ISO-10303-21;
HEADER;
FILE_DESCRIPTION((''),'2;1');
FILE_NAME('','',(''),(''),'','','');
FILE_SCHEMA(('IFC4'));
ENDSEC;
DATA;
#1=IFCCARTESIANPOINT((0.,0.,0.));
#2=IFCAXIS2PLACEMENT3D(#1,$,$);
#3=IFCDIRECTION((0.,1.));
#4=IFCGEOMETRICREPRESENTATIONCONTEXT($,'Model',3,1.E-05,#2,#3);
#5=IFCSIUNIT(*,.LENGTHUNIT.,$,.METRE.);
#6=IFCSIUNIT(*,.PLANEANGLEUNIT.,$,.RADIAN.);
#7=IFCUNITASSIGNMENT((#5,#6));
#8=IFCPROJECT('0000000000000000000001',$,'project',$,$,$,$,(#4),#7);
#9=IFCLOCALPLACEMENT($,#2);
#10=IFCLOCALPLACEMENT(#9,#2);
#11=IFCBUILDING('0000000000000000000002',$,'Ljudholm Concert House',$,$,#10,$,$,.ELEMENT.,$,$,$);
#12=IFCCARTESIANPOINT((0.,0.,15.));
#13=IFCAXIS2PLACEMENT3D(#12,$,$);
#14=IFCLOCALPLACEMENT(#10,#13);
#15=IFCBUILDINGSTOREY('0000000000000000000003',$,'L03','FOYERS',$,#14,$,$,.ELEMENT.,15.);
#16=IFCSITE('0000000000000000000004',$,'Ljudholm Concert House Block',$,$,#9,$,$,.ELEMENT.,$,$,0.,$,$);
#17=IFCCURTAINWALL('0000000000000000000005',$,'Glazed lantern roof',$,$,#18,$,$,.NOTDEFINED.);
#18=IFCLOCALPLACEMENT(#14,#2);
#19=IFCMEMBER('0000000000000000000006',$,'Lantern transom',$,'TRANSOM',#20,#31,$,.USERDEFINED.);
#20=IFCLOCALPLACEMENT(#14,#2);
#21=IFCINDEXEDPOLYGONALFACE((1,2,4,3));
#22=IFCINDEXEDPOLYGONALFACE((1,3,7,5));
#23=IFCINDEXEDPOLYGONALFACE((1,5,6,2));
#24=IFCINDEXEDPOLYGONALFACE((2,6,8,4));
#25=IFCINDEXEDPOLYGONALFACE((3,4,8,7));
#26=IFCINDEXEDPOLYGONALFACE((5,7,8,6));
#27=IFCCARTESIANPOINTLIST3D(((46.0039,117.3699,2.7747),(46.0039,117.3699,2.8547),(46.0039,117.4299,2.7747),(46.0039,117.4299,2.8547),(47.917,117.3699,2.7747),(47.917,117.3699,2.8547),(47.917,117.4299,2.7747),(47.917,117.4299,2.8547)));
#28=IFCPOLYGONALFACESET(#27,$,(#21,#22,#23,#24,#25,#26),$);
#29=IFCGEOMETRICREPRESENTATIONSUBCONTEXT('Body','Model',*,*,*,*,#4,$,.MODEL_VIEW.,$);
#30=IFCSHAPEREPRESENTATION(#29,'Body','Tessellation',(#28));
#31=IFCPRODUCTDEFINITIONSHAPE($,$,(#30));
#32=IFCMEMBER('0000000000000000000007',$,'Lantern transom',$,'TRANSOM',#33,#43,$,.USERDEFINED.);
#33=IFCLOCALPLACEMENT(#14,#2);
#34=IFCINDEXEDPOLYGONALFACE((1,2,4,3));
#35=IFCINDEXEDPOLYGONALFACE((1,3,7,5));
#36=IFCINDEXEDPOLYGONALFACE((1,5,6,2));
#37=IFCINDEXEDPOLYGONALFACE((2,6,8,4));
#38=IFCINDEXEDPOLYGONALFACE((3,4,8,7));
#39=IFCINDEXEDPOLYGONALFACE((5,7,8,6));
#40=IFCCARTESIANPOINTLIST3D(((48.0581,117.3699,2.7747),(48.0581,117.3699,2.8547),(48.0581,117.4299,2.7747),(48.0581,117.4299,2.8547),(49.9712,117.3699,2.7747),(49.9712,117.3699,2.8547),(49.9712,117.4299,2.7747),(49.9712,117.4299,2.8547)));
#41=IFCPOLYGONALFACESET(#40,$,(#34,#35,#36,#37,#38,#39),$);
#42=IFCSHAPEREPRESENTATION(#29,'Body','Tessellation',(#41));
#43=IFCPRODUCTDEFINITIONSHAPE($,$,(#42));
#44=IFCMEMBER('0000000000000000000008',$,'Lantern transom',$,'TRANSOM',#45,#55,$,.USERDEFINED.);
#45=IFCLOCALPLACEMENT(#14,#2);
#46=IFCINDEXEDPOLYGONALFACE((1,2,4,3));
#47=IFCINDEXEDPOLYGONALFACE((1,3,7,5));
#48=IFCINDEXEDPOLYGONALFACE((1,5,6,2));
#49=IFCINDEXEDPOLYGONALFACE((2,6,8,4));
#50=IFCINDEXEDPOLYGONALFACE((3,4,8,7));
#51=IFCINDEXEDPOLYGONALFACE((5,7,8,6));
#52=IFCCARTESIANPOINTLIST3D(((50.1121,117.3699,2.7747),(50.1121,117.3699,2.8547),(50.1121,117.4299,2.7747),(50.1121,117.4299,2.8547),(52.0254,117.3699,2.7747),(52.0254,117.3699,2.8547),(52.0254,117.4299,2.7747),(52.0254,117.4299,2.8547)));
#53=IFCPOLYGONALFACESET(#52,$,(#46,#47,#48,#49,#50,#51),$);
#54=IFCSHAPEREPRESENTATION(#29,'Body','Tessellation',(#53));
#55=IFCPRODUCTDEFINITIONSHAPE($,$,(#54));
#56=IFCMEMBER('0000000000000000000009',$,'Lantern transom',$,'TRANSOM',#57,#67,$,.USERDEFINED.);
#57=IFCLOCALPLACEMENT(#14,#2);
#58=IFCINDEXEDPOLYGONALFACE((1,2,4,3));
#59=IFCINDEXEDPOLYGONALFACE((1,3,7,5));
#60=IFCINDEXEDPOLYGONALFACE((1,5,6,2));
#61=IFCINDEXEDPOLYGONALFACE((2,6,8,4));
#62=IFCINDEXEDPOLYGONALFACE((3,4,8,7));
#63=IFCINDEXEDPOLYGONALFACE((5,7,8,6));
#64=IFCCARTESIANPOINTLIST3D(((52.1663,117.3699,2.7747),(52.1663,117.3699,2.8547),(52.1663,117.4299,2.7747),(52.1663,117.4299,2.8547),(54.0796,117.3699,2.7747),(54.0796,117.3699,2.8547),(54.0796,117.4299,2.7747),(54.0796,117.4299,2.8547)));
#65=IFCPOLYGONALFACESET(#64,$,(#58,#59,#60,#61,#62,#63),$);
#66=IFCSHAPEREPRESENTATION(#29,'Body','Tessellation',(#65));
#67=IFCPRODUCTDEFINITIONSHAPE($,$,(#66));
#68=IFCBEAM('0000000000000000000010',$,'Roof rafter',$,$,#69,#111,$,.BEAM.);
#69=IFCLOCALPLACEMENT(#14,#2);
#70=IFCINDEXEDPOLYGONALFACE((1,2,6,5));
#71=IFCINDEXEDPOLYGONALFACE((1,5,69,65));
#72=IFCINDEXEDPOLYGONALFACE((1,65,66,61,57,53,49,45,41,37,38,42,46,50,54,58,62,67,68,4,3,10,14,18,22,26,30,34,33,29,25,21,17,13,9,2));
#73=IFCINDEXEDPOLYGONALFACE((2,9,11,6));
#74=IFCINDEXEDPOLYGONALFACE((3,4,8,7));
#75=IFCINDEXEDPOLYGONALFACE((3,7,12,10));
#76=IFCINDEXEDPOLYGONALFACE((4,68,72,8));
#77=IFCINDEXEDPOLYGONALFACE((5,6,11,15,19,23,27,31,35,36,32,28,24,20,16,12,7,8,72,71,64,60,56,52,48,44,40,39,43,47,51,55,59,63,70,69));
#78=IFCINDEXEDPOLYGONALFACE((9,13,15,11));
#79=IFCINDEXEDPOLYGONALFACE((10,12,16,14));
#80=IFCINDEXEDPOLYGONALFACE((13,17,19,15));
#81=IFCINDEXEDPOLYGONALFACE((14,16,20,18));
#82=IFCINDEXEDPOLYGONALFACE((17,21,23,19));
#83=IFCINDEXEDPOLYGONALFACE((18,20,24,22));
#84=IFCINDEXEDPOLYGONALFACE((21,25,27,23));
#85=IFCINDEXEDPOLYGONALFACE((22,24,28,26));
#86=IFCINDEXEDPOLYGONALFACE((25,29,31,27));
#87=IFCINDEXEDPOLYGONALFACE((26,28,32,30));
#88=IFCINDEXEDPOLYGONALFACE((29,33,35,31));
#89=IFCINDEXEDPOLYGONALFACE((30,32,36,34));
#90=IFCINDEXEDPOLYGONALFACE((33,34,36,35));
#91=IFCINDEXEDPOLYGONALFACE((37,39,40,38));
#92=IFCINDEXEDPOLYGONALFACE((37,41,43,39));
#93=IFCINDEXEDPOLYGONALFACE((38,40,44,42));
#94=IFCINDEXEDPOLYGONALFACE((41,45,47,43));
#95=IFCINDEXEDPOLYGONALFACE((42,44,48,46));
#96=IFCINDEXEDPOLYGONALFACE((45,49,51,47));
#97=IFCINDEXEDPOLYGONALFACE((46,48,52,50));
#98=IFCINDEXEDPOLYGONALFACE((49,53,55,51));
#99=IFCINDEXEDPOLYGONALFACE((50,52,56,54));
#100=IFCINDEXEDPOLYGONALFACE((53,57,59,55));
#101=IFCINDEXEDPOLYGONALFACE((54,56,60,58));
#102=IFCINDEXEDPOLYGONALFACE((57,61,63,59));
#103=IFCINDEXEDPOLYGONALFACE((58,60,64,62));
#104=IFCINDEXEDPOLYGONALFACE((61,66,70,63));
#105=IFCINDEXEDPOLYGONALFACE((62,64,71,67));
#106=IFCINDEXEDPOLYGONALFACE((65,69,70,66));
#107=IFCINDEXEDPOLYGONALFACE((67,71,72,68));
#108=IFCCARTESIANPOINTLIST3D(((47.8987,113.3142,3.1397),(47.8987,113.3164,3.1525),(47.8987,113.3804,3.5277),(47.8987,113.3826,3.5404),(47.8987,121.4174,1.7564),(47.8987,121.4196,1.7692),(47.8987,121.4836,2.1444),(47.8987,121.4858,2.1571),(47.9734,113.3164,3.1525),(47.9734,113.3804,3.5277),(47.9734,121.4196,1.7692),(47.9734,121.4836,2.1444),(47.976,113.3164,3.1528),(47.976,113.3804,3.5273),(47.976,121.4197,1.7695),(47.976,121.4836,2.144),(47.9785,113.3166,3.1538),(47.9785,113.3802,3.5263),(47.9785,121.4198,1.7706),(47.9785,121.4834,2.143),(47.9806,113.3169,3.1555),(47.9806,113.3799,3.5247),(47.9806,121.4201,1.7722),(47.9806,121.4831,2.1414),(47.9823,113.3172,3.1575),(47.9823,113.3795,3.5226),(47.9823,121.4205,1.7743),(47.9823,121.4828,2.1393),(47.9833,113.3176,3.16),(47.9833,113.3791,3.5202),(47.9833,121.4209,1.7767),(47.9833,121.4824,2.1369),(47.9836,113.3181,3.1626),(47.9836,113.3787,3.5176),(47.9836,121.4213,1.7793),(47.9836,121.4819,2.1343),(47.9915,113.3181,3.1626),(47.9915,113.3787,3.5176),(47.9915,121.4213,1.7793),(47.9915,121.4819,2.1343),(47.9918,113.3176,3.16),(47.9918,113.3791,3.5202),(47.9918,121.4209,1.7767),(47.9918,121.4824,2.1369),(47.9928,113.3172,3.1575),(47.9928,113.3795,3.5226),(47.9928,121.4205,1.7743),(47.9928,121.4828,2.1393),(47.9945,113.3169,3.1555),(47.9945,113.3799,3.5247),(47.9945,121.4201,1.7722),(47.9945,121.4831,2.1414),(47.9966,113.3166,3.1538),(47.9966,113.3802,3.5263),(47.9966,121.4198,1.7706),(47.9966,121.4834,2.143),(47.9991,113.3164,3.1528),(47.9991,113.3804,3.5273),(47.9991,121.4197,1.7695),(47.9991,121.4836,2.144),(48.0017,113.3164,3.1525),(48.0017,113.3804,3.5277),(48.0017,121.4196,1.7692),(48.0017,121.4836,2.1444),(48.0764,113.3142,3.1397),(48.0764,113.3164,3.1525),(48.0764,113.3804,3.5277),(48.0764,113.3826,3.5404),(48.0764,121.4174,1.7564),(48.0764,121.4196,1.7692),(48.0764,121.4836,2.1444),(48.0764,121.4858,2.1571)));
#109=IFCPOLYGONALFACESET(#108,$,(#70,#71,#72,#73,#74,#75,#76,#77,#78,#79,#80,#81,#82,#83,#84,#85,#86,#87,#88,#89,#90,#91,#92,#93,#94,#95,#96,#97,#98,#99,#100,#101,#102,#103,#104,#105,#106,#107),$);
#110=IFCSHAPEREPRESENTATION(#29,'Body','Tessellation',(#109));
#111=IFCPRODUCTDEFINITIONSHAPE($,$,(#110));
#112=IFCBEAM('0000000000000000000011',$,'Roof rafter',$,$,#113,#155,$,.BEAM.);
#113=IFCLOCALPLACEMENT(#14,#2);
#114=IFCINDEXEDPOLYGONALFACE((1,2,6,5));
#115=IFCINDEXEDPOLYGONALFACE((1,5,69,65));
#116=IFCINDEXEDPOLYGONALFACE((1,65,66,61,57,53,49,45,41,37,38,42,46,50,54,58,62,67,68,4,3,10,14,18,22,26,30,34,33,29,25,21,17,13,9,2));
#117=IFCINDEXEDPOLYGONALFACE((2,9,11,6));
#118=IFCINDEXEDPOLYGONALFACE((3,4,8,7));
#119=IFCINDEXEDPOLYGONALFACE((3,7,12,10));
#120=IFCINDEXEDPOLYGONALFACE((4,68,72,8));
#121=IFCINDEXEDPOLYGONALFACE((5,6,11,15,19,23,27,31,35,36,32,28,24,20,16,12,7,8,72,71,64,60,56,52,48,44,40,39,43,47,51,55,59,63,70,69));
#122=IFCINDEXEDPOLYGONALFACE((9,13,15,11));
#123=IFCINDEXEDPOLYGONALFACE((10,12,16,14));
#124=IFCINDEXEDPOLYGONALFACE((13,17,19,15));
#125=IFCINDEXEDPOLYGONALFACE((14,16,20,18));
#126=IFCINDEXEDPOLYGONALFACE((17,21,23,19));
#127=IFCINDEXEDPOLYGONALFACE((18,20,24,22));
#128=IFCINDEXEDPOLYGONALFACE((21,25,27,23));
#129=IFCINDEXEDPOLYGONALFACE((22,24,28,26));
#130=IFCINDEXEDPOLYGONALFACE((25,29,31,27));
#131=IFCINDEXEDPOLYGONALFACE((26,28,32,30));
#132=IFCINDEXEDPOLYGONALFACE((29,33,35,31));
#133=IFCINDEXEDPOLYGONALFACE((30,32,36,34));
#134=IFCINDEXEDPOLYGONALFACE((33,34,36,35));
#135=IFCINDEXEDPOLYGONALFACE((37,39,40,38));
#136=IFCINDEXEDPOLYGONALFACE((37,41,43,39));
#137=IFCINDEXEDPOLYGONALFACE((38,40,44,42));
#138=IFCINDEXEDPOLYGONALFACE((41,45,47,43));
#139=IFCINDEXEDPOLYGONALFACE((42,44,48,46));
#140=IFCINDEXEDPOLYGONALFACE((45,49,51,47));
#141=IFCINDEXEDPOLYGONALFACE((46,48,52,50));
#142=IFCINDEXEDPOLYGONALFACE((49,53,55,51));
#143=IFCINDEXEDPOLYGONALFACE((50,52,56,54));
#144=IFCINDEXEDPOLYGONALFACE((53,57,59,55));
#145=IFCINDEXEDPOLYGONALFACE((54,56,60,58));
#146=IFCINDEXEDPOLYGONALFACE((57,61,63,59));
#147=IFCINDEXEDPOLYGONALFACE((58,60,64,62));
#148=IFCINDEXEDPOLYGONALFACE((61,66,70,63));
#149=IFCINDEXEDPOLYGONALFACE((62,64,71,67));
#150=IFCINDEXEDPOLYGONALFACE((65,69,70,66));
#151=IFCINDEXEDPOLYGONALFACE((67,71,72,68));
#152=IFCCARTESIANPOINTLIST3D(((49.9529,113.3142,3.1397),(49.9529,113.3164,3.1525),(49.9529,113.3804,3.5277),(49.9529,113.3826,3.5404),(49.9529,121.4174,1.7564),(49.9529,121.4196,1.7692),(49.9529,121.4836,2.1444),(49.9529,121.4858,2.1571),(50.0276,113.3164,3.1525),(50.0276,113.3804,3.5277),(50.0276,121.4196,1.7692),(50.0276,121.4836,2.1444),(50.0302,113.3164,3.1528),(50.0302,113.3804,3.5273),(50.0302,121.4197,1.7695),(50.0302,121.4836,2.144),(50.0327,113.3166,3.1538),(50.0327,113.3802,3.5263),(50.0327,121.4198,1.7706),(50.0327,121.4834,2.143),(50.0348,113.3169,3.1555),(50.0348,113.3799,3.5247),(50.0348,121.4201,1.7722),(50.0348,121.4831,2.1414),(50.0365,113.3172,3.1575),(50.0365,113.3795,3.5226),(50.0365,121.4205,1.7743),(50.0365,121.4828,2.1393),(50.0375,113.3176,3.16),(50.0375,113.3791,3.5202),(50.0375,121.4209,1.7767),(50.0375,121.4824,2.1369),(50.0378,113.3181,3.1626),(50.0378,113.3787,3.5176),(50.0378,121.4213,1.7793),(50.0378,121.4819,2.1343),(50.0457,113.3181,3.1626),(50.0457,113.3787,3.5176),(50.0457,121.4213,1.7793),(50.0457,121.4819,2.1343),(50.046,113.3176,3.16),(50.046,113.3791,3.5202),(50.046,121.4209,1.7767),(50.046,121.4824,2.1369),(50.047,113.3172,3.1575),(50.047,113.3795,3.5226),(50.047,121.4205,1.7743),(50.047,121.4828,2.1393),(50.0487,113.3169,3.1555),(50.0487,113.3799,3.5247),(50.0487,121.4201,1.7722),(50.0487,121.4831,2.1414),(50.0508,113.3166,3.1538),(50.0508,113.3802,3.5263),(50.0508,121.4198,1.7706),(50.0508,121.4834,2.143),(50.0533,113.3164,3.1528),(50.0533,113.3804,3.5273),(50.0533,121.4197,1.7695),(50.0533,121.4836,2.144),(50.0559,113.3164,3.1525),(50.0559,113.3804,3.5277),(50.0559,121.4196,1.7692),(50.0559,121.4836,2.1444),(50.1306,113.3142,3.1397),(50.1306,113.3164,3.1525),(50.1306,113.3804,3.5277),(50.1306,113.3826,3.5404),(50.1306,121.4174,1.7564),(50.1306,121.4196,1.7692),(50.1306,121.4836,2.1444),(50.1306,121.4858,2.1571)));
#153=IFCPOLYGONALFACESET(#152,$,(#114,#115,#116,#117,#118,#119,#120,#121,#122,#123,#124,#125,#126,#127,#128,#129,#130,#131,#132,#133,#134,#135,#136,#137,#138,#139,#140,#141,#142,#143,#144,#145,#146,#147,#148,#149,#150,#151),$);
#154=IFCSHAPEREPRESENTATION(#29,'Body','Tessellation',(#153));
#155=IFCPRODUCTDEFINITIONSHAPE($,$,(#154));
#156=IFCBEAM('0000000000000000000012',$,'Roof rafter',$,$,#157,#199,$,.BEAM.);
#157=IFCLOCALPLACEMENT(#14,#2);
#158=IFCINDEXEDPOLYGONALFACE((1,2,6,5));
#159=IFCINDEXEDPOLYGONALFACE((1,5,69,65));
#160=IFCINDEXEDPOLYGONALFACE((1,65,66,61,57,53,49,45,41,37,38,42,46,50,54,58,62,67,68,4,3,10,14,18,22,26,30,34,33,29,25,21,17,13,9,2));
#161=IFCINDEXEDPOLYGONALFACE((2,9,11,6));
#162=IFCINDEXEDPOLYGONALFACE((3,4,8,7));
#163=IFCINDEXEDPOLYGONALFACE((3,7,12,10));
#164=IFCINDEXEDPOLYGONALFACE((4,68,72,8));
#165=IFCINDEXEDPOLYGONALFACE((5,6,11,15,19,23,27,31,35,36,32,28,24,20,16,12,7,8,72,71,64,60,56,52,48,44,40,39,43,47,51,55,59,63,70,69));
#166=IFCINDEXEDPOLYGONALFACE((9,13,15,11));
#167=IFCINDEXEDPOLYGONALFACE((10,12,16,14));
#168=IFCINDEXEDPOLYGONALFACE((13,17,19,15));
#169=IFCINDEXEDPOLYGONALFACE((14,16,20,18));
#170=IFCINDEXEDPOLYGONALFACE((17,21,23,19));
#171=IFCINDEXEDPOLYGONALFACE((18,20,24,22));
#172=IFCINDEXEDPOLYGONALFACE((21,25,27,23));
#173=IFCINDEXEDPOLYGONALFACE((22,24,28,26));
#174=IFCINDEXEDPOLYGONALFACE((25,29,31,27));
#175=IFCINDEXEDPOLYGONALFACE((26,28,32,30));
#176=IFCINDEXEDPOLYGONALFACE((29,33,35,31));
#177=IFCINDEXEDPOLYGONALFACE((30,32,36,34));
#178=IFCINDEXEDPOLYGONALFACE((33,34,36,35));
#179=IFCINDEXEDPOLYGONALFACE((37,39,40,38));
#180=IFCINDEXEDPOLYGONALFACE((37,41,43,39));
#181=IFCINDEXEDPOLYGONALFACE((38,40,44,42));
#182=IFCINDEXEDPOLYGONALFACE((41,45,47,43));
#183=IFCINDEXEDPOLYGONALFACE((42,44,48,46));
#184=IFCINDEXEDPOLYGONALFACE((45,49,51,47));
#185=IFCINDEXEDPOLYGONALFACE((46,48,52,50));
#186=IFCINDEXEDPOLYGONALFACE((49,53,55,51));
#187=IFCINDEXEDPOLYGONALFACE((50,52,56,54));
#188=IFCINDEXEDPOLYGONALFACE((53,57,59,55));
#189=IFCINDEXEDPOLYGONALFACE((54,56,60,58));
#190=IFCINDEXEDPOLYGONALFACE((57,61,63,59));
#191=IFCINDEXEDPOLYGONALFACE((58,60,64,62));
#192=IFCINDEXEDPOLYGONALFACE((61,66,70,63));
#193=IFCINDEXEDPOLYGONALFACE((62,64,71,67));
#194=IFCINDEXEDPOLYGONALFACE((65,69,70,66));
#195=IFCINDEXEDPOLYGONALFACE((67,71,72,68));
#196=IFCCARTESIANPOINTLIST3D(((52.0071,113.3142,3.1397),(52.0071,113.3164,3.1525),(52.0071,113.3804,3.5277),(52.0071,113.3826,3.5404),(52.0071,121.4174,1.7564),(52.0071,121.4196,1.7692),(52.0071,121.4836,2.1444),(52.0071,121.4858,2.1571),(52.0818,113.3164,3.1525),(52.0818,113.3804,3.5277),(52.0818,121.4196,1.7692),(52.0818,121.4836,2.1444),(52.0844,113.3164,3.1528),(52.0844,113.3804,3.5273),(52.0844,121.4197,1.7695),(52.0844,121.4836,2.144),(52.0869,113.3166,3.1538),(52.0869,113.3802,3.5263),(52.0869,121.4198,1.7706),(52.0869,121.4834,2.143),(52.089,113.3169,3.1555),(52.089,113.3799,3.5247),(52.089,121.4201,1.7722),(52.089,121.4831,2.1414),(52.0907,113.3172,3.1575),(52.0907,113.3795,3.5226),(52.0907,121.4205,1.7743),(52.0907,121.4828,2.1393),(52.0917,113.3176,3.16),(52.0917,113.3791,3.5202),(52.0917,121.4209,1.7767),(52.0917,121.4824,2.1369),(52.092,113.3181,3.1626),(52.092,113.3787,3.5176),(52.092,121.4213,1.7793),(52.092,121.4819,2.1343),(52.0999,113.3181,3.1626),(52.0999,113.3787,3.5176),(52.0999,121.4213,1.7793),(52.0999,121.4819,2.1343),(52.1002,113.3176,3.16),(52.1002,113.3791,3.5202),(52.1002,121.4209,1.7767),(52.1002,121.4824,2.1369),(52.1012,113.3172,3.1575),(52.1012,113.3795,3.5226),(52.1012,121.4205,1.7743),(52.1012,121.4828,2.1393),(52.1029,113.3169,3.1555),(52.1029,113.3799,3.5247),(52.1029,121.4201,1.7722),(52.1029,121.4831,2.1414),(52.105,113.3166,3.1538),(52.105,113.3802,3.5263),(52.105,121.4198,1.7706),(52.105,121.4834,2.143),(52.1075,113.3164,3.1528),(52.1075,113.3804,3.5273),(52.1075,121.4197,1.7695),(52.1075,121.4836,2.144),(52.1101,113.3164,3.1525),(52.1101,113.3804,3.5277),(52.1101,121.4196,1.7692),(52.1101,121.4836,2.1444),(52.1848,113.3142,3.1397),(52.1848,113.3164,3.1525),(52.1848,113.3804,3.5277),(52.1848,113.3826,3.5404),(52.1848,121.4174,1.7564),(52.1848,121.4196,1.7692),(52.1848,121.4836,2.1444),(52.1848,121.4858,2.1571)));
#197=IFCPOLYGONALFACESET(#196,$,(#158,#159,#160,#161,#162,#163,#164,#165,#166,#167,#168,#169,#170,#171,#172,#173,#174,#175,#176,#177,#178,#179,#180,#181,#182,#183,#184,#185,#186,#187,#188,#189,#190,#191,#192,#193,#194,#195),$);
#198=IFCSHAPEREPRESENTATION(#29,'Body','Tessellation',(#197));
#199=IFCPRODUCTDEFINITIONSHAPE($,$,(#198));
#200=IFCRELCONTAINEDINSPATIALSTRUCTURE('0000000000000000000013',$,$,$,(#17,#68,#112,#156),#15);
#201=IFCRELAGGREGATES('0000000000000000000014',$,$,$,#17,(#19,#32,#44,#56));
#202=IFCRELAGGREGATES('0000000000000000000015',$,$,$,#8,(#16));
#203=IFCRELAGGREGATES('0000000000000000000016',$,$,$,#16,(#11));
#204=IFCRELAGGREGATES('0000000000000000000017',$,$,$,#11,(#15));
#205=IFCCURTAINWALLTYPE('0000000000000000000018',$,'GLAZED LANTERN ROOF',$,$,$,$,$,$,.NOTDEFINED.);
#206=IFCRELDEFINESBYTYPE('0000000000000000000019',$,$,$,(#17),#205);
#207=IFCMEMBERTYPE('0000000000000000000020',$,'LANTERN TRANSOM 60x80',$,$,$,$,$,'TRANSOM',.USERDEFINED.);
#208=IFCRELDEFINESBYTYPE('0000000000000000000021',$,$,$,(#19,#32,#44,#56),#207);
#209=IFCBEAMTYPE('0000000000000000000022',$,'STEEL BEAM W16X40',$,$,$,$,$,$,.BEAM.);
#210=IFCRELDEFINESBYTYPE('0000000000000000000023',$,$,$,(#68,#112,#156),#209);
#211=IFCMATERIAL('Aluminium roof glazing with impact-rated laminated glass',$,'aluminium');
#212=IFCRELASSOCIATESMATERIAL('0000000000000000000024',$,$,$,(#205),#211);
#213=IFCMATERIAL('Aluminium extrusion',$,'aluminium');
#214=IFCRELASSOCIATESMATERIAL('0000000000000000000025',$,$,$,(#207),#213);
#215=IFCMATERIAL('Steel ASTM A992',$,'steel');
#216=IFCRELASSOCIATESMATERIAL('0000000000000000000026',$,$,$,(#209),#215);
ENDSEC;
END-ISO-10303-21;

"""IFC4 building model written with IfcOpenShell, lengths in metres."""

from ifc_helpers import new_model, si_unit, direction, frame, origin, origin_2d, place, context, subcontext, project, spatial, rectangle, i_section, extrude, material, material_profile, profile_set, type_object, element, aggregate, save


model = new_model("IFC4")

# Units and contexts
model_context = context("Model", 3, precision=1e-05, world=origin(), true_north=direction((0.0, 1.0)))
body_context = subcontext(model_context, "Body", "Model", "MODEL_VIEW")
ifc_project = project(units=[si_unit("LENGTHUNIT", "METRE"), si_unit("PLANEANGLEUNIT", "RADIAN")], contexts=[model_context])

# Site, building, storey
site_placement = place(None, origin())
site = spatial("IfcSite", under=ifc_project, at=site_placement, Name="Ljudholm Concert House Block", CompositionType="ELEMENT", RefElevation=0.0)
building_placement = place(site_placement, origin())
building = spatial("IfcBuilding", under=site, at=building_placement, Name="Ljudholm Concert House", CompositionType="ELEMENT")
storey_placement = place(building_placement, frame((0.0, 0.0, 15.0)))
storey = spatial("IfcBuildingStorey", under=building, at=storey_placement, Name="L03", Description="FOYERS", CompositionType="ELEMENT", Elevation=15.0)

# Curtain wall
ifc_material_1 = material(Name="Aluminium roof glazing with impact-rated laminated glass", Category="aluminium")
curtain_wall_type = type_object("IfcCurtainWallType", Name="GLAZED LANTERN ROOF", PredefinedType="NOTDEFINED", material=ifc_material_1)
curtain_wall_1_placement = place(storey_placement, origin())
curtain_wall_1 = element("IfcCurtainWall", 1, at=curtain_wall_1_placement, inside=storey, type_object=curtain_wall_type, Name="Glazed lantern roof", PredefinedType="NOTDEFINED")
ifc_material_2 = material(Name="Aluminium extrusion", Category="aluminium")
ifc_material_profile_1 = material_profile(ifc_material_2, rectangle(XDim=0.0601, YDim=0.0801, at=origin_2d()), Name="LANTERN TRANSOM 60x80")
ifc_profile_set_1 = profile_set([ifc_material_profile_1], Name="Aluminium extrusion")
member_type_1 = type_object("IfcMemberType", Name="LANTERN TRANSOM 60x80", ElementType="TRANSOM", PredefinedType="USERDEFINED", material=ifc_profile_set_1)

# Members
member_1_placement = place(storey_placement, frame((46.0039, 117.3999, 2.8147), z_axis=(1.0, 0.0, 0.0), x_axis=(0.0, 1.0, 0.0)))
member_1 = element("IfcMember", 2, at=member_1_placement, type_object=member_type_1, Name="Lantern transom", ObjectType="TRANSOM", PredefinedType="USERDEFINED", context=body_context, shape_type="SweptSolid", body=[
    extrude(rectangle(XDim=0.0601, YDim=0.0801, at=origin_2d()), origin(), (0.0, 0.0, 1.0), 1.9131),
])
member_2_placement = place(storey_placement, frame((48.0581, 117.3999, 2.8147), z_axis=(1.0, 0.0, 0.0), x_axis=(0.0, 1.0, 0.0)))
member_2 = element("IfcMember", 3, at=member_2_placement, type_object=member_type_1, Name="Lantern transom", ObjectType="TRANSOM", PredefinedType="USERDEFINED", context=body_context, shape_type="SweptSolid", body=[
    extrude(rectangle(XDim=0.0601, YDim=0.0801, at=origin_2d()), origin(), (0.0, 0.0, 1.0), 1.9131),
])
member_3_placement = place(storey_placement, frame((50.1121, 117.3999, 2.8147), z_axis=(1.0, 0.0, 0.0), x_axis=(0.0, 1.0, 0.0)))
member_3 = element("IfcMember", 4, at=member_3_placement, type_object=member_type_1, Name="Lantern transom", ObjectType="TRANSOM", PredefinedType="USERDEFINED", context=body_context, shape_type="SweptSolid", body=[
    extrude(rectangle(XDim=0.0601, YDim=0.0801, at=origin_2d()), origin(), (0.0, 0.0, 1.0), 1.9133),
])
member_4_placement = place(storey_placement, frame((52.1663, 117.3999, 2.8147), z_axis=(1.0, 0.0, 0.0), x_axis=(0.0, 1.0, 0.0)))
member_4 = element("IfcMember", 5, at=member_4_placement, type_object=member_type_1, Name="Lantern transom", ObjectType="TRANSOM", PredefinedType="USERDEFINED", context=body_context, shape_type="SweptSolid", body=[
    extrude(rectangle(XDim=0.0601, YDim=0.0801, at=origin_2d()), origin(), (0.0, 0.0, 1.0), 1.9133),
])

# Beams
ifc_material_3 = material(Name="Steel ASTM A992", Category="steel")
ifc_material_profile_2 = material_profile(ifc_material_3, i_section(OverallWidth=0.1777, OverallDepth=0.4065, WebThickness=0.0078, FlangeThickness=0.0129, FilletRadius=0.0103, at=origin_2d()), Name="W16X40")
ifc_profile_set_2 = profile_set([ifc_material_profile_2], Name="Steel ASTM A992")
beam_type_1 = type_object("IfcBeamType", Name="STEEL BEAM W16X40", PredefinedType="BEAM", material=ifc_profile_set_2)
for number, where, z_axis, x_axis, name in (
    (6, (47.9875, 113.3484, 3.3401), (0.0, 0.98574, -0.168275), (-1.0, 0.0, 0.0), "Roof rafter"),
    (7, (50.0417, 113.3484, 3.3401), (0.0, 0.98574, -0.168275), (-1.0, 0.0, 0.0), "Roof rafter"),
    (8, (52.0959, 113.3484, 3.3401), (0.0, 0.98574, -0.168275), (-1.0, 0.0, 0.0), "Roof rafter"),
):
    element("IfcBeam", number, at=place(storey_placement, frame(where, z_axis=z_axis, x_axis=x_axis)), inside=storey, type_object=beam_type_1, Name=name, PredefinedType="BEAM", context=body_context, shape_type="SweptSolid", body=[
        extrude(i_section(OverallWidth=0.1777, OverallDepth=0.4065, WebThickness=0.0078, FlangeThickness=0.0129, FilletRadius=0.0103, at=origin_2d()), origin(), (0.0, 0.0, 1.0), 8.2205),
    ])

aggregate(curtain_wall_1, [member_1, member_2, member_3, member_4])

save(model, "model.ifc")
